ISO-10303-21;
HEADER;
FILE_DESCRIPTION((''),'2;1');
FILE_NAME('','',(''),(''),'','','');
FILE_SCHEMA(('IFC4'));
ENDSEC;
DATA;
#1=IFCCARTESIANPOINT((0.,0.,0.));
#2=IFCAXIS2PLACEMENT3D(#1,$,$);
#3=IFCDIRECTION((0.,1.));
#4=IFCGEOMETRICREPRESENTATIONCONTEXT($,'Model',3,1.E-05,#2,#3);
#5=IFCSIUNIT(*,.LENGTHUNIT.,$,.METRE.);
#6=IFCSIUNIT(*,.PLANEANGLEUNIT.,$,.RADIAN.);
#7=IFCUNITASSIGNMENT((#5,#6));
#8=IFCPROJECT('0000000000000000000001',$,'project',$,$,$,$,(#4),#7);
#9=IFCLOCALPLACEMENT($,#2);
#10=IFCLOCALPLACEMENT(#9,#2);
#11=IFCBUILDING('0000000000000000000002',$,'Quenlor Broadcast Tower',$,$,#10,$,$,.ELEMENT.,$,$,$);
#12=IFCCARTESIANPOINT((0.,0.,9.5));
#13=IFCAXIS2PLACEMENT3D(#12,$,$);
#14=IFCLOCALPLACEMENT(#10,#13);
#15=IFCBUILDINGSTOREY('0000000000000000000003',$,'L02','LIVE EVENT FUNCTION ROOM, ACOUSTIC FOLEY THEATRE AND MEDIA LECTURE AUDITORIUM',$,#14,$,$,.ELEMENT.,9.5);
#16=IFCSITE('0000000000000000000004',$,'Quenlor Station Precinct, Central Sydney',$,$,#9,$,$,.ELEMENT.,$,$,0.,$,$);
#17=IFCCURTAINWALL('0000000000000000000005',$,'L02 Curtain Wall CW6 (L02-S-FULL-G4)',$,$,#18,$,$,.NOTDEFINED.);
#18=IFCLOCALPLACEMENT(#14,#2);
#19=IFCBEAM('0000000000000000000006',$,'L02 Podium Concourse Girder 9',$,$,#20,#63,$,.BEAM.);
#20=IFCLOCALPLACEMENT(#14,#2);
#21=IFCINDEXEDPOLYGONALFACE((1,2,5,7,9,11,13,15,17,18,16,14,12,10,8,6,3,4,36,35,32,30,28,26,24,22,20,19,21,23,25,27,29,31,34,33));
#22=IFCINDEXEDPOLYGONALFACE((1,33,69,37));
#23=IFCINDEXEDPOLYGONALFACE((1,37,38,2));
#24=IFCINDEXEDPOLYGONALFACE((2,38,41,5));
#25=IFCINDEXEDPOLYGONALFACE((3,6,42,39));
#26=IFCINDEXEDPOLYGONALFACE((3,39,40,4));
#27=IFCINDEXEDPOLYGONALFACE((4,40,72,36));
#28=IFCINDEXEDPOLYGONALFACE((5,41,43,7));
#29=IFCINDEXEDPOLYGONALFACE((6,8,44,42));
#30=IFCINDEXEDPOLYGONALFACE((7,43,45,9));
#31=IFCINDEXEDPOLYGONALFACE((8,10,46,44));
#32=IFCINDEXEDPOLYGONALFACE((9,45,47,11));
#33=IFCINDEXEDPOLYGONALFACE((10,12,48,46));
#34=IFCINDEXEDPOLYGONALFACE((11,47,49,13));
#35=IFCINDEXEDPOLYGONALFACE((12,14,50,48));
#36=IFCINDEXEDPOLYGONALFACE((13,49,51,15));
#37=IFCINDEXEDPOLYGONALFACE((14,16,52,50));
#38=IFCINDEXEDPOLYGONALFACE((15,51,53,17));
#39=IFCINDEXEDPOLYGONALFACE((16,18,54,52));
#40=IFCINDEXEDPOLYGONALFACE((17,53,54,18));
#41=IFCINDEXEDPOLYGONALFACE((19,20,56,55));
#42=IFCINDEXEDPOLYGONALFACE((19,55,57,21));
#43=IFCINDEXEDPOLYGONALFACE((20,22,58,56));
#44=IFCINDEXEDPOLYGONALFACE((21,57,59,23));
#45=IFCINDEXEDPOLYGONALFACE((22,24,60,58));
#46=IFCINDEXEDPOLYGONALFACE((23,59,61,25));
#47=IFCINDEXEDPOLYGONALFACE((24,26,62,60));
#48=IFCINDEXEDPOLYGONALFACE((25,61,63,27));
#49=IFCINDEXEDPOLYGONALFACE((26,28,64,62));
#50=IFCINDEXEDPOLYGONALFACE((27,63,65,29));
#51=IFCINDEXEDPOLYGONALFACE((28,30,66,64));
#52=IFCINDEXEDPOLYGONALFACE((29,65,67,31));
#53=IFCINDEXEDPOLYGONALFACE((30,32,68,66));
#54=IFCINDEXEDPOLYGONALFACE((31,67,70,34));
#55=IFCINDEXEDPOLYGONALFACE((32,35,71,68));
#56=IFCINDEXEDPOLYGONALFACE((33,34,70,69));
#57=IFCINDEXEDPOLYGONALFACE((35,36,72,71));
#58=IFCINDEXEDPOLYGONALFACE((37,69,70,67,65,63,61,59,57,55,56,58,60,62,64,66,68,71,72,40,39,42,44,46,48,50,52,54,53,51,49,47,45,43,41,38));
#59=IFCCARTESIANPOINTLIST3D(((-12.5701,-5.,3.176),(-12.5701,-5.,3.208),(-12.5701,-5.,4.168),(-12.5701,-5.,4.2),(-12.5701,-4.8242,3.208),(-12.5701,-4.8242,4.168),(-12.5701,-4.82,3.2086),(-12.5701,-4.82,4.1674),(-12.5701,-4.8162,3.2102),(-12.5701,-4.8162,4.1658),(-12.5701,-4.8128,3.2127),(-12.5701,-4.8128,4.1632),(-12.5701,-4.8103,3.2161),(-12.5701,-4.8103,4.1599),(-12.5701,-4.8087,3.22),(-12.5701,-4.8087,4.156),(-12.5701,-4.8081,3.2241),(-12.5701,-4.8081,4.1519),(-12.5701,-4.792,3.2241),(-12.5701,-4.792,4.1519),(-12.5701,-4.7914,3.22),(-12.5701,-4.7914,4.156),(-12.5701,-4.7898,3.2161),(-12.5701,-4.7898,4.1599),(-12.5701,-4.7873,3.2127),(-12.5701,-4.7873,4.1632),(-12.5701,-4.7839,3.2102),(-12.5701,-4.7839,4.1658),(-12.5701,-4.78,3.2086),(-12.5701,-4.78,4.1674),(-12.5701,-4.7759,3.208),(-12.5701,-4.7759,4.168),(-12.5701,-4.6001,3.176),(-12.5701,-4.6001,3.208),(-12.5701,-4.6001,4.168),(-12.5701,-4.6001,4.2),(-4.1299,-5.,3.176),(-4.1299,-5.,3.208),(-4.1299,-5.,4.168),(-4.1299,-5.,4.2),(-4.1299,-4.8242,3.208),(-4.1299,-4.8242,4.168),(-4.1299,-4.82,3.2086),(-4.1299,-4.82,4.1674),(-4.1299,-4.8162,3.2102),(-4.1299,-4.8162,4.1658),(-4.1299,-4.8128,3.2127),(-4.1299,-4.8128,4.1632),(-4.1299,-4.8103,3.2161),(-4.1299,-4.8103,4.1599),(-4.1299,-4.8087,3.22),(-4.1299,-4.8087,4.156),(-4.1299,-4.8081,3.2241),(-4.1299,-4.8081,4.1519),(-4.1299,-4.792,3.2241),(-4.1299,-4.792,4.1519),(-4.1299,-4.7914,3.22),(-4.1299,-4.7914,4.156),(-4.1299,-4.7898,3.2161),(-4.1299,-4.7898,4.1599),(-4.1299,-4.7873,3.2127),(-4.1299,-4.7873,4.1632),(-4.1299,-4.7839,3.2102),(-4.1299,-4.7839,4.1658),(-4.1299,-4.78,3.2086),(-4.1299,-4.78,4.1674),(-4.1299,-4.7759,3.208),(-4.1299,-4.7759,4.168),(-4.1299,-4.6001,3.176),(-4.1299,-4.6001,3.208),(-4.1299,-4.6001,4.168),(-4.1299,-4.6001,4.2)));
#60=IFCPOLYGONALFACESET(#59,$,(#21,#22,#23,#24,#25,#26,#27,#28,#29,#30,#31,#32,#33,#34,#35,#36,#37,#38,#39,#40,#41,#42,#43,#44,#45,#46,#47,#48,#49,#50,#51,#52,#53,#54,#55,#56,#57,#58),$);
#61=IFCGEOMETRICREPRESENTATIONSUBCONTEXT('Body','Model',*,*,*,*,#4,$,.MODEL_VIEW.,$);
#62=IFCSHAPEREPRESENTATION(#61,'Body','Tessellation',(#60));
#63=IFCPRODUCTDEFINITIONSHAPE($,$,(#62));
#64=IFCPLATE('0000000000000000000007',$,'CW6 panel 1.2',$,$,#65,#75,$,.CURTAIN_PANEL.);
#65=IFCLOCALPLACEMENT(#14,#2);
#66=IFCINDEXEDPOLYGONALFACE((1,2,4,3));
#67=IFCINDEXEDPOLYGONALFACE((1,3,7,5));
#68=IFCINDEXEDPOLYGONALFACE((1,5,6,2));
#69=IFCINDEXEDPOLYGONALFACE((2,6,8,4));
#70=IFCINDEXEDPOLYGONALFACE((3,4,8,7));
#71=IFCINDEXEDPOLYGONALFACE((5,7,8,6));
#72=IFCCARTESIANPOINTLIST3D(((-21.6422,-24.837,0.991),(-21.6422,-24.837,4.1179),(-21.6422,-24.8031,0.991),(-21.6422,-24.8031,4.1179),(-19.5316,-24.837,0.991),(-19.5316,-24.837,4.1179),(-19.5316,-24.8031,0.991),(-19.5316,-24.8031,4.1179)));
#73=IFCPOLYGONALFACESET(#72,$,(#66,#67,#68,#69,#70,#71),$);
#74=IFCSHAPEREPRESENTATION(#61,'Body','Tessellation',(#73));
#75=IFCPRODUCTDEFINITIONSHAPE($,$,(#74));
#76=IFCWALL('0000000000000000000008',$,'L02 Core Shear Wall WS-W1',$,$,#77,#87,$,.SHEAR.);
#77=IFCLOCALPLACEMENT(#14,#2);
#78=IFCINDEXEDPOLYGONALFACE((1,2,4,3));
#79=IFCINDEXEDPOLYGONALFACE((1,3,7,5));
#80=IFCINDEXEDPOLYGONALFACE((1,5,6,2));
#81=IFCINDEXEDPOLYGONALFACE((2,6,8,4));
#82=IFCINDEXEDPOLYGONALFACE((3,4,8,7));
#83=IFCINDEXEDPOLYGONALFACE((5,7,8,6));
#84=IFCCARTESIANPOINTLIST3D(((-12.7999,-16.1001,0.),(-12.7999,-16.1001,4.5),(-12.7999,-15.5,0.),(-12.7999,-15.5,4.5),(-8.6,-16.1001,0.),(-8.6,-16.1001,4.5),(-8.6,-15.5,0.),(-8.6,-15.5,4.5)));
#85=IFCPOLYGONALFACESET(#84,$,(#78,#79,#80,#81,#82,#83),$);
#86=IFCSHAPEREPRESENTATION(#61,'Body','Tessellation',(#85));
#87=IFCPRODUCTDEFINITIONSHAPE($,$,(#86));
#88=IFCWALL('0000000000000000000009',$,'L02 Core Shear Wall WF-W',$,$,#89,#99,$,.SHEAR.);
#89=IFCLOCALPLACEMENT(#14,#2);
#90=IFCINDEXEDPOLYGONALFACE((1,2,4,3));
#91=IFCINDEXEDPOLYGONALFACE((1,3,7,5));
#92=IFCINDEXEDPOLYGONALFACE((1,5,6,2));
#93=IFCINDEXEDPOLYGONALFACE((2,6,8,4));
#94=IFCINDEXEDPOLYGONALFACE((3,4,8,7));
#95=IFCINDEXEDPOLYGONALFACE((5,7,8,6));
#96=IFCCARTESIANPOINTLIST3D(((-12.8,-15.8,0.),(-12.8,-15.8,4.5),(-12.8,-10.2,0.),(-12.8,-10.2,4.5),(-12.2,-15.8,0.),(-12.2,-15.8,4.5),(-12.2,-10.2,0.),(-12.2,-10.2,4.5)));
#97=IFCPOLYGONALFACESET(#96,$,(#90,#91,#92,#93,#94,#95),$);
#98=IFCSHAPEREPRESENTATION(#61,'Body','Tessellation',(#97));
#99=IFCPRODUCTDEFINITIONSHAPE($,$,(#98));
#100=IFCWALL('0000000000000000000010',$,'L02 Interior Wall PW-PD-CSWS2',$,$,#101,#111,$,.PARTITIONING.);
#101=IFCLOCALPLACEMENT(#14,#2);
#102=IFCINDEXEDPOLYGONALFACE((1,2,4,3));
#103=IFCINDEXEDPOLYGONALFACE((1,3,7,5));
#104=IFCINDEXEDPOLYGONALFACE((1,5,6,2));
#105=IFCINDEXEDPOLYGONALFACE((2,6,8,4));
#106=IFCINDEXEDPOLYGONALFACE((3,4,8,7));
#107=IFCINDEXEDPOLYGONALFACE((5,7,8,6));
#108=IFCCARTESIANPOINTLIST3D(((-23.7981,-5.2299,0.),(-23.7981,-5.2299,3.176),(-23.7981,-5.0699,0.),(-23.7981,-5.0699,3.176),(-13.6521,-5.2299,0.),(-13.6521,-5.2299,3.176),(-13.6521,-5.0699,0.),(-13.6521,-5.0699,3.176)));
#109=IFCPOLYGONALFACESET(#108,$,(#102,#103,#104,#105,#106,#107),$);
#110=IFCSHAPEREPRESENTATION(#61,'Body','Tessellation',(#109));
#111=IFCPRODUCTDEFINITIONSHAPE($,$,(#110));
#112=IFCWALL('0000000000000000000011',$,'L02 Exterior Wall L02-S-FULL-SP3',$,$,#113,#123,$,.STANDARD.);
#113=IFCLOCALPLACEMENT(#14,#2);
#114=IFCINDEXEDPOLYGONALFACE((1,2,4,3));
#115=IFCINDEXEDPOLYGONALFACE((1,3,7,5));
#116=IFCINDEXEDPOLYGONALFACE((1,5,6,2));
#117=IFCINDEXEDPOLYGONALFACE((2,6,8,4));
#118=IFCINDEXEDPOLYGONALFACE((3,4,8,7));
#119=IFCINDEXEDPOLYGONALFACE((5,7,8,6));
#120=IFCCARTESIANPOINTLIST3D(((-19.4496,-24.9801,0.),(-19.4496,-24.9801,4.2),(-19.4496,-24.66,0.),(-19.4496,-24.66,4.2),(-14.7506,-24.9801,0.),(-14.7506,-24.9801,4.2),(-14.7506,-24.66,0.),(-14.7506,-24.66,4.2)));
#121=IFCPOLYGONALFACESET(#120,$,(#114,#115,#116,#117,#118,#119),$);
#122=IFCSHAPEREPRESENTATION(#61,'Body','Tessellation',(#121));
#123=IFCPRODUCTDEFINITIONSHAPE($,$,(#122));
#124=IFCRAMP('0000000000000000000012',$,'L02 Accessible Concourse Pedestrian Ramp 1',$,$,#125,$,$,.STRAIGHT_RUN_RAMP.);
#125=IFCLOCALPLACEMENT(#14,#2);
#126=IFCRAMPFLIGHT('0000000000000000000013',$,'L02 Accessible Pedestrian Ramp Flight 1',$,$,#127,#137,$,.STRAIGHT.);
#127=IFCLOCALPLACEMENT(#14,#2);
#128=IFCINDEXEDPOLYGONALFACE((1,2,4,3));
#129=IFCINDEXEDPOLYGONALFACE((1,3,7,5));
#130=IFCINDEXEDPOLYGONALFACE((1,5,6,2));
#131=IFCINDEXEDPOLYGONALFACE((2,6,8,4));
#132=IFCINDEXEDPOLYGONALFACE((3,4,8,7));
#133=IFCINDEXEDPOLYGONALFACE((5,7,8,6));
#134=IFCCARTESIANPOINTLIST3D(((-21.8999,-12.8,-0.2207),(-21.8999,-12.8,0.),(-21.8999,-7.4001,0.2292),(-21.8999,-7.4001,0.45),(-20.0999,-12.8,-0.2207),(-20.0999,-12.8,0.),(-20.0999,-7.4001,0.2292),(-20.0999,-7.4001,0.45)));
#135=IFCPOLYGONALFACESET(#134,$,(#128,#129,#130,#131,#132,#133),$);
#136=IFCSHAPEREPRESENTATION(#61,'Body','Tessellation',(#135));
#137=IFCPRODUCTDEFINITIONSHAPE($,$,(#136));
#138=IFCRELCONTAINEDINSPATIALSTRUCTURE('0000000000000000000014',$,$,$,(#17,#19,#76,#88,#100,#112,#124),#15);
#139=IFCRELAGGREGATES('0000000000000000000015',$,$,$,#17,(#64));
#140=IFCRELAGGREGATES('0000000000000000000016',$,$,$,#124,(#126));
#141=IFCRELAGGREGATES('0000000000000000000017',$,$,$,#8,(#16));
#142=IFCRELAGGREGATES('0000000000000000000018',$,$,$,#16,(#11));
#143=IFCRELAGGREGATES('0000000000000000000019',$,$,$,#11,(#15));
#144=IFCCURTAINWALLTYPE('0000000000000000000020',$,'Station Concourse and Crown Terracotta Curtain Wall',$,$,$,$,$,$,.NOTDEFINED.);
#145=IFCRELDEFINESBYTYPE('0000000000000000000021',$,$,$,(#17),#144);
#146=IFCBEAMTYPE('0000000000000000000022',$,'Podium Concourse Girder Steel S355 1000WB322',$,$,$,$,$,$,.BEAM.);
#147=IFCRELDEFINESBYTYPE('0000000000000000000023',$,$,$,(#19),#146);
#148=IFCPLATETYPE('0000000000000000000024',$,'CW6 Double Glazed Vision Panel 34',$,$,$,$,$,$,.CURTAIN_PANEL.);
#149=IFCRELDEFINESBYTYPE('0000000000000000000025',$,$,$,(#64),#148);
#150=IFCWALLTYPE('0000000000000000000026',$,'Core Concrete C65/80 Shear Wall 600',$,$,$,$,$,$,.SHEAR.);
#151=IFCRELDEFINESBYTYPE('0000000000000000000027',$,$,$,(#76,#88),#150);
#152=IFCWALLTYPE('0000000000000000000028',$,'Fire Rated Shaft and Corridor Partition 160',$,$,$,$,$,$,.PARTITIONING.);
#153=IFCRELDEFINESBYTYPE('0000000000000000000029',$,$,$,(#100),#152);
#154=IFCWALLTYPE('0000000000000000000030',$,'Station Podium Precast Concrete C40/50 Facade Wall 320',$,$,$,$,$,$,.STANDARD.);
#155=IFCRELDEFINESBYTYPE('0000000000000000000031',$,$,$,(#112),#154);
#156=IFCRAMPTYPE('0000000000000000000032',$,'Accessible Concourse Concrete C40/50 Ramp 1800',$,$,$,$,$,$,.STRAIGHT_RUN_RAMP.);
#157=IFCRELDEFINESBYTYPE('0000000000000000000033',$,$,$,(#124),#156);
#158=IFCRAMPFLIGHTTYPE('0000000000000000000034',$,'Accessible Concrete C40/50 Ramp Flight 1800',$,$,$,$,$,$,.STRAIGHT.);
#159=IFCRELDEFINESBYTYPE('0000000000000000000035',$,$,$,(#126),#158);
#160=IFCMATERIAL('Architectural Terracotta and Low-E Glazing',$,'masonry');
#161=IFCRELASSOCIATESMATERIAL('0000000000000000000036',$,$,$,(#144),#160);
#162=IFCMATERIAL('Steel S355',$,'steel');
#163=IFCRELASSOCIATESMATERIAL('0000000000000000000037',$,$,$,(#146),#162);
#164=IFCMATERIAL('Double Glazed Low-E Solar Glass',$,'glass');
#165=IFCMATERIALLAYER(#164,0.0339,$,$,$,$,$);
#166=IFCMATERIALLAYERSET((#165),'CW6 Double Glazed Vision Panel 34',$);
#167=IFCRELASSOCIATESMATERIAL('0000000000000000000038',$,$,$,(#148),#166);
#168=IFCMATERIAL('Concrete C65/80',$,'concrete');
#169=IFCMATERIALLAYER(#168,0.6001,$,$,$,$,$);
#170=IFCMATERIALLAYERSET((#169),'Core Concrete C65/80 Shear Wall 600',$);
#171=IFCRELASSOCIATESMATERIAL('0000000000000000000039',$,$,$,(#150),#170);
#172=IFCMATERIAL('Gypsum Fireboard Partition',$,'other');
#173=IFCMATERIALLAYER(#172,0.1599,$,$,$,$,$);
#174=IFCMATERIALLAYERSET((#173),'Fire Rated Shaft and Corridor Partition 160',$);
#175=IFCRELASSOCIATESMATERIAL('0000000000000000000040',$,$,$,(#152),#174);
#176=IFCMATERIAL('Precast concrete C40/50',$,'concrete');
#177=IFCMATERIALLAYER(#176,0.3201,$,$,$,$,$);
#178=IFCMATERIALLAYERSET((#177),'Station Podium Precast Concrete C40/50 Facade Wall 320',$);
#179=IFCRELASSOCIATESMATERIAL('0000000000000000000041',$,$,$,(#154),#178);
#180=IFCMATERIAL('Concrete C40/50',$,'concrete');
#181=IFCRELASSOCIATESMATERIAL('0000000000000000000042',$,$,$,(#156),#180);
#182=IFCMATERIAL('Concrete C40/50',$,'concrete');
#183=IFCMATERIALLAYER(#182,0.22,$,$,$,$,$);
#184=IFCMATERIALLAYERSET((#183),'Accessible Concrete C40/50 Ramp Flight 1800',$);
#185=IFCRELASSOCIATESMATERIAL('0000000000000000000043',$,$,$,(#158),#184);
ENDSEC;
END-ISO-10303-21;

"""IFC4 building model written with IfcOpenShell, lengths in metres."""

from ifc_helpers import new_model, si_unit, direction, frame, frame_2d, origin, origin_2d, place, context, subcontext, project, spatial, polyline, rectangle, i_section, outline, extrude, material, layer, layer_set, material_profile, profile_set, type_object, element, aggregate, save


model = new_model("IFC4")

# Units and contexts
model_context = context("Model", 3, precision=1e-05, world=origin(), true_north=direction((0.0, 1.0)))
body_context = subcontext(model_context, "Body", "Model", "MODEL_VIEW")
ifc_project = project(units=[si_unit("LENGTHUNIT", "METRE"), si_unit("PLANEANGLEUNIT", "RADIAN")], contexts=[model_context])

# Site, building, storey
site_placement = place(None, origin())
site = spatial("IfcSite", under=ifc_project, at=site_placement, Name="Quenlor Station Precinct, Central Sydney", CompositionType="ELEMENT", RefElevation=0.0)
building_placement = place(site_placement, origin())
building = spatial("IfcBuilding", under=site, at=building_placement, Name="Quenlor Broadcast Tower", CompositionType="ELEMENT")
storey_placement = place(building_placement, frame((0.0, 0.0, 9.5)))
storey = spatial("IfcBuildingStorey", under=building, at=storey_placement, Name="L02", Description="LIVE EVENT FUNCTION ROOM, ACOUSTIC FOLEY THEATRE AND MEDIA LECTURE AUDITORIUM", CompositionType="ELEMENT", Elevation=9.5)

# Shared definitions
ifc_material_1 = material(Name="Architectural Terracotta and Low-E Glazing", Category="masonry")
curtain_wall_type = type_object("IfcCurtainWallType", Name="Station Concourse and Crown Terracotta Curtain Wall", PredefinedType="NOTDEFINED", material=ifc_material_1)

# Curtain wall
curtain_wall_1_placement = place(storey_placement, origin())
curtain_wall_1 = element("IfcCurtainWall", 1, at=curtain_wall_1_placement, inside=storey, type_object=curtain_wall_type, Name="L02 Curtain Wall CW6 (L02-S-FULL-G4)", PredefinedType="NOTDEFINED")

# Beam
ifc_material_2 = material(Name="Steel S355", Category="steel")
ifc_material_profile_1 = material_profile(ifc_material_2, i_section(OverallWidth=0.3999, OverallDepth=1.0239, WebThickness=0.0161, FlangeThickness=0.032, FilletRadius=0.0161, at=origin_2d()))
ifc_profile_set_1 = profile_set([ifc_material_profile_1], Name="Steel S355 1000WB322")
beam_type = type_object("IfcBeamType", Name="Podium Concourse Girder Steel S355 1000WB322", PredefinedType="BEAM", material=ifc_profile_set_1)
beam_1_placement = place(storey_placement, frame((-12.5701, -4.8, 3.688), z_axis=(1.0, 0.0, 0.0), x_axis=(0.0, 1.0, 0.0)))
element("IfcBeam", 2, at=beam_1_placement, inside=storey, type_object=beam_type, Name="L02 Podium Concourse Girder 9", PredefinedType="BEAM", context=body_context, shape_type="SweptSolid", body=[
    extrude(i_section(OverallWidth=0.3999, OverallDepth=1.0239, WebThickness=0.0161, FlangeThickness=0.032, FilletRadius=0.0161, at=origin_2d()), origin(), (0.0, 0.0, 1.0), 8.4402),
])

# Plate
ifc_material_3 = material(Name="Double Glazed Low-E Solar Glass", Category="glass")
ifc_layer_1 = layer(ifc_material_3, 0.0339)
ifc_layer_set_1 = layer_set([ifc_layer_1], Name="CW6 Double Glazed Vision Panel 34")
plate_type = type_object("IfcPlateType", Name="CW6 Double Glazed Vision Panel 34", PredefinedType="CURTAIN_PANEL", material=ifc_layer_set_1)
plate_placement = place(storey_placement, frame((-20.5869, -24.8201, 0.991), z_axis=(0.0, 0.0, 1.0), x_axis=(-1.0, 0.0, 0.0)))
plate = element("IfcPlate", 3, at=plate_placement, type_object=plate_type, Name="CW6 panel 1.2", PredefinedType="CURTAIN_PANEL", context=body_context, shape_type="SweptSolid", body=[
    extrude(rectangle(XDim=2.1106, YDim=0.0339, at=origin_2d()), origin(), (0.0, 0.0, 1.0), 3.127),
])
aggregate(curtain_wall_1, [plate])

# Walls
ifc_material_4 = material(Name="Concrete C65/80", Category="concrete")
ifc_layer_2 = layer(ifc_material_4, 0.6001)
ifc_layer_set_2 = layer_set([ifc_layer_2], Name="Core Concrete C65/80 Shear Wall 600")
wall_type_1 = type_object("IfcWallType", Name="Core Concrete C65/80 Shear Wall 600", PredefinedType="SHEAR", material=ifc_layer_set_2)
wall_1_placement = place(storey_placement, frame((-12.8, -15.8, 0.0), z_axis=(0.0, 0.0, 1.0), x_axis=(1.0, 0.0, 0.0)))
element("IfcWall", 4, at=wall_1_placement, inside=storey, type_object=wall_type_1, Name="L02 Core Shear Wall WS-W1", PredefinedType="SHEAR", context=body_context, shape_type="SweptSolid", body=[
    extrude(rectangle(XDim=4.2, YDim=0.6001, at=frame_2d((2.1001, 0.0))), origin(), (0.0, 0.0, 1.0), 4.5),
])
wall_2_placement = place(storey_placement, frame((-12.5, -15.8, 0.0), z_axis=(0.0, 0.0, 1.0), x_axis=(0.0, 1.0, 0.0)))
element("IfcWall", 5, at=wall_2_placement, inside=storey, type_object=wall_type_1, Name="L02 Core Shear Wall WF-W", PredefinedType="SHEAR", context=body_context, shape_type="SweptSolid", body=[
    extrude(rectangle(XDim=5.6001, YDim=0.6001, at=frame_2d((2.8, 0.0))), origin(), (0.0, 0.0, 1.0), 4.5),
])
ifc_material_5 = material(Name="Gypsum Fireboard Partition", Category="other")
ifc_layer_3 = layer(ifc_material_5, 0.1599)
ifc_layer_set_3 = layer_set([ifc_layer_3], Name="Fire Rated Shaft and Corridor Partition 160")
wall_type_2 = type_object("IfcWallType", Name="Fire Rated Shaft and Corridor Partition 160", PredefinedType="PARTITIONING", material=ifc_layer_set_3)
wall_3_placement = place(storey_placement, frame((-23.7981, -5.1499, 0.0), z_axis=(0.0, 0.0, 1.0), x_axis=(1.0, 0.0, 0.0)))
element("IfcWall", 6, at=wall_3_placement, inside=storey, type_object=wall_type_2, Name="L02 Interior Wall PW-PD-CSWS2", PredefinedType="PARTITIONING", context=body_context, shape_type="SweptSolid", body=[
    extrude(rectangle(XDim=10.146, YDim=0.1599, at=frame_2d((5.073, 0.0))), origin(), (0.0, 0.0, 1.0), 3.176),
])
ifc_material_6 = material(Name="Precast concrete C40/50", Category="concrete")
ifc_layer_4 = layer(ifc_material_6, 0.3201)
ifc_layer_set_4 = layer_set([ifc_layer_4], Name="Station Podium Precast Concrete C40/50 Facade Wall 320")
wall_type_3 = type_object("IfcWallType", Name="Station Podium Precast Concrete C40/50 Facade Wall 320", PredefinedType="STANDARD", material=ifc_layer_set_4)
wall_4_placement = place(storey_placement, frame((-14.7505, -24.8201, 0.0), z_axis=(0.0, 0.0, 1.0), x_axis=(-1.0, 0.0, 0.0)))
element("IfcWall", 7, at=wall_4_placement, inside=storey, type_object=wall_type_3, Name="L02 Exterior Wall L02-S-FULL-SP3", PredefinedType="STANDARD", context=body_context, shape_type="SweptSolid", body=[
    extrude(rectangle(XDim=4.699, YDim=0.3201, at=frame_2d((2.3496, 0.0))), origin(), (0.0, 0.0, 1.0), 4.2),
])

# Ramp, ramp flight
ifc_material_7 = material(Name="Concrete C40/50", Category="concrete")
ramp_type = type_object("IfcRampType", Name="Accessible Concourse Concrete C40/50 Ramp 1800", PredefinedType="STRAIGHT_RUN_RAMP", material=ifc_material_7)
ramp_placement = place(storey_placement, origin())
ramp = element("IfcRamp", 8, at=ramp_placement, inside=storey, type_object=ramp_type, Name="L02 Accessible Concourse Pedestrian Ramp 1", PredefinedType="STRAIGHT_RUN_RAMP")
ifc_material_8 = material(Name="Concrete C40/50", Category="concrete")
ifc_layer_5 = layer(ifc_material_8, 0.22)
ifc_layer_set_5 = layer_set([ifc_layer_5], Name="Accessible Concrete C40/50 Ramp Flight 1800")
ramp_flight_type = type_object("IfcRampFlightType", Name="Accessible Concrete C40/50 Ramp Flight 1800", PredefinedType="STRAIGHT", material=ifc_layer_set_5)
ramp_flight_placement = place(storey_placement, frame((-21.0, -12.8, 0.0), z_axis=(0.0, 0.0, 1.0), x_axis=(0.0, 1.0, 0.0)))
ramp_flight = element("IfcRampFlight", 9, at=ramp_flight_placement, type_object=ramp_flight_type, Name="L02 Accessible Pedestrian Ramp Flight 1", PredefinedType="STRAIGHT", context=body_context, shape_type="SweptSolid", body=[
    extrude(outline(polyline([(0.0, 0.0), (5.3999, 0.45), (5.3999, 0.2292), (0.0, -0.2207), (0.0, 0.0)])), frame((0.0, 0.8999, 0.0), z_axis=(0.0, -1.0, 0.0), x_axis=(1.0, 0.0, 0.0)), (0.0, 0.0, 1.0), 1.8),
])
aggregate(ramp, [ramp_flight])

save(model, "model.ifc")
